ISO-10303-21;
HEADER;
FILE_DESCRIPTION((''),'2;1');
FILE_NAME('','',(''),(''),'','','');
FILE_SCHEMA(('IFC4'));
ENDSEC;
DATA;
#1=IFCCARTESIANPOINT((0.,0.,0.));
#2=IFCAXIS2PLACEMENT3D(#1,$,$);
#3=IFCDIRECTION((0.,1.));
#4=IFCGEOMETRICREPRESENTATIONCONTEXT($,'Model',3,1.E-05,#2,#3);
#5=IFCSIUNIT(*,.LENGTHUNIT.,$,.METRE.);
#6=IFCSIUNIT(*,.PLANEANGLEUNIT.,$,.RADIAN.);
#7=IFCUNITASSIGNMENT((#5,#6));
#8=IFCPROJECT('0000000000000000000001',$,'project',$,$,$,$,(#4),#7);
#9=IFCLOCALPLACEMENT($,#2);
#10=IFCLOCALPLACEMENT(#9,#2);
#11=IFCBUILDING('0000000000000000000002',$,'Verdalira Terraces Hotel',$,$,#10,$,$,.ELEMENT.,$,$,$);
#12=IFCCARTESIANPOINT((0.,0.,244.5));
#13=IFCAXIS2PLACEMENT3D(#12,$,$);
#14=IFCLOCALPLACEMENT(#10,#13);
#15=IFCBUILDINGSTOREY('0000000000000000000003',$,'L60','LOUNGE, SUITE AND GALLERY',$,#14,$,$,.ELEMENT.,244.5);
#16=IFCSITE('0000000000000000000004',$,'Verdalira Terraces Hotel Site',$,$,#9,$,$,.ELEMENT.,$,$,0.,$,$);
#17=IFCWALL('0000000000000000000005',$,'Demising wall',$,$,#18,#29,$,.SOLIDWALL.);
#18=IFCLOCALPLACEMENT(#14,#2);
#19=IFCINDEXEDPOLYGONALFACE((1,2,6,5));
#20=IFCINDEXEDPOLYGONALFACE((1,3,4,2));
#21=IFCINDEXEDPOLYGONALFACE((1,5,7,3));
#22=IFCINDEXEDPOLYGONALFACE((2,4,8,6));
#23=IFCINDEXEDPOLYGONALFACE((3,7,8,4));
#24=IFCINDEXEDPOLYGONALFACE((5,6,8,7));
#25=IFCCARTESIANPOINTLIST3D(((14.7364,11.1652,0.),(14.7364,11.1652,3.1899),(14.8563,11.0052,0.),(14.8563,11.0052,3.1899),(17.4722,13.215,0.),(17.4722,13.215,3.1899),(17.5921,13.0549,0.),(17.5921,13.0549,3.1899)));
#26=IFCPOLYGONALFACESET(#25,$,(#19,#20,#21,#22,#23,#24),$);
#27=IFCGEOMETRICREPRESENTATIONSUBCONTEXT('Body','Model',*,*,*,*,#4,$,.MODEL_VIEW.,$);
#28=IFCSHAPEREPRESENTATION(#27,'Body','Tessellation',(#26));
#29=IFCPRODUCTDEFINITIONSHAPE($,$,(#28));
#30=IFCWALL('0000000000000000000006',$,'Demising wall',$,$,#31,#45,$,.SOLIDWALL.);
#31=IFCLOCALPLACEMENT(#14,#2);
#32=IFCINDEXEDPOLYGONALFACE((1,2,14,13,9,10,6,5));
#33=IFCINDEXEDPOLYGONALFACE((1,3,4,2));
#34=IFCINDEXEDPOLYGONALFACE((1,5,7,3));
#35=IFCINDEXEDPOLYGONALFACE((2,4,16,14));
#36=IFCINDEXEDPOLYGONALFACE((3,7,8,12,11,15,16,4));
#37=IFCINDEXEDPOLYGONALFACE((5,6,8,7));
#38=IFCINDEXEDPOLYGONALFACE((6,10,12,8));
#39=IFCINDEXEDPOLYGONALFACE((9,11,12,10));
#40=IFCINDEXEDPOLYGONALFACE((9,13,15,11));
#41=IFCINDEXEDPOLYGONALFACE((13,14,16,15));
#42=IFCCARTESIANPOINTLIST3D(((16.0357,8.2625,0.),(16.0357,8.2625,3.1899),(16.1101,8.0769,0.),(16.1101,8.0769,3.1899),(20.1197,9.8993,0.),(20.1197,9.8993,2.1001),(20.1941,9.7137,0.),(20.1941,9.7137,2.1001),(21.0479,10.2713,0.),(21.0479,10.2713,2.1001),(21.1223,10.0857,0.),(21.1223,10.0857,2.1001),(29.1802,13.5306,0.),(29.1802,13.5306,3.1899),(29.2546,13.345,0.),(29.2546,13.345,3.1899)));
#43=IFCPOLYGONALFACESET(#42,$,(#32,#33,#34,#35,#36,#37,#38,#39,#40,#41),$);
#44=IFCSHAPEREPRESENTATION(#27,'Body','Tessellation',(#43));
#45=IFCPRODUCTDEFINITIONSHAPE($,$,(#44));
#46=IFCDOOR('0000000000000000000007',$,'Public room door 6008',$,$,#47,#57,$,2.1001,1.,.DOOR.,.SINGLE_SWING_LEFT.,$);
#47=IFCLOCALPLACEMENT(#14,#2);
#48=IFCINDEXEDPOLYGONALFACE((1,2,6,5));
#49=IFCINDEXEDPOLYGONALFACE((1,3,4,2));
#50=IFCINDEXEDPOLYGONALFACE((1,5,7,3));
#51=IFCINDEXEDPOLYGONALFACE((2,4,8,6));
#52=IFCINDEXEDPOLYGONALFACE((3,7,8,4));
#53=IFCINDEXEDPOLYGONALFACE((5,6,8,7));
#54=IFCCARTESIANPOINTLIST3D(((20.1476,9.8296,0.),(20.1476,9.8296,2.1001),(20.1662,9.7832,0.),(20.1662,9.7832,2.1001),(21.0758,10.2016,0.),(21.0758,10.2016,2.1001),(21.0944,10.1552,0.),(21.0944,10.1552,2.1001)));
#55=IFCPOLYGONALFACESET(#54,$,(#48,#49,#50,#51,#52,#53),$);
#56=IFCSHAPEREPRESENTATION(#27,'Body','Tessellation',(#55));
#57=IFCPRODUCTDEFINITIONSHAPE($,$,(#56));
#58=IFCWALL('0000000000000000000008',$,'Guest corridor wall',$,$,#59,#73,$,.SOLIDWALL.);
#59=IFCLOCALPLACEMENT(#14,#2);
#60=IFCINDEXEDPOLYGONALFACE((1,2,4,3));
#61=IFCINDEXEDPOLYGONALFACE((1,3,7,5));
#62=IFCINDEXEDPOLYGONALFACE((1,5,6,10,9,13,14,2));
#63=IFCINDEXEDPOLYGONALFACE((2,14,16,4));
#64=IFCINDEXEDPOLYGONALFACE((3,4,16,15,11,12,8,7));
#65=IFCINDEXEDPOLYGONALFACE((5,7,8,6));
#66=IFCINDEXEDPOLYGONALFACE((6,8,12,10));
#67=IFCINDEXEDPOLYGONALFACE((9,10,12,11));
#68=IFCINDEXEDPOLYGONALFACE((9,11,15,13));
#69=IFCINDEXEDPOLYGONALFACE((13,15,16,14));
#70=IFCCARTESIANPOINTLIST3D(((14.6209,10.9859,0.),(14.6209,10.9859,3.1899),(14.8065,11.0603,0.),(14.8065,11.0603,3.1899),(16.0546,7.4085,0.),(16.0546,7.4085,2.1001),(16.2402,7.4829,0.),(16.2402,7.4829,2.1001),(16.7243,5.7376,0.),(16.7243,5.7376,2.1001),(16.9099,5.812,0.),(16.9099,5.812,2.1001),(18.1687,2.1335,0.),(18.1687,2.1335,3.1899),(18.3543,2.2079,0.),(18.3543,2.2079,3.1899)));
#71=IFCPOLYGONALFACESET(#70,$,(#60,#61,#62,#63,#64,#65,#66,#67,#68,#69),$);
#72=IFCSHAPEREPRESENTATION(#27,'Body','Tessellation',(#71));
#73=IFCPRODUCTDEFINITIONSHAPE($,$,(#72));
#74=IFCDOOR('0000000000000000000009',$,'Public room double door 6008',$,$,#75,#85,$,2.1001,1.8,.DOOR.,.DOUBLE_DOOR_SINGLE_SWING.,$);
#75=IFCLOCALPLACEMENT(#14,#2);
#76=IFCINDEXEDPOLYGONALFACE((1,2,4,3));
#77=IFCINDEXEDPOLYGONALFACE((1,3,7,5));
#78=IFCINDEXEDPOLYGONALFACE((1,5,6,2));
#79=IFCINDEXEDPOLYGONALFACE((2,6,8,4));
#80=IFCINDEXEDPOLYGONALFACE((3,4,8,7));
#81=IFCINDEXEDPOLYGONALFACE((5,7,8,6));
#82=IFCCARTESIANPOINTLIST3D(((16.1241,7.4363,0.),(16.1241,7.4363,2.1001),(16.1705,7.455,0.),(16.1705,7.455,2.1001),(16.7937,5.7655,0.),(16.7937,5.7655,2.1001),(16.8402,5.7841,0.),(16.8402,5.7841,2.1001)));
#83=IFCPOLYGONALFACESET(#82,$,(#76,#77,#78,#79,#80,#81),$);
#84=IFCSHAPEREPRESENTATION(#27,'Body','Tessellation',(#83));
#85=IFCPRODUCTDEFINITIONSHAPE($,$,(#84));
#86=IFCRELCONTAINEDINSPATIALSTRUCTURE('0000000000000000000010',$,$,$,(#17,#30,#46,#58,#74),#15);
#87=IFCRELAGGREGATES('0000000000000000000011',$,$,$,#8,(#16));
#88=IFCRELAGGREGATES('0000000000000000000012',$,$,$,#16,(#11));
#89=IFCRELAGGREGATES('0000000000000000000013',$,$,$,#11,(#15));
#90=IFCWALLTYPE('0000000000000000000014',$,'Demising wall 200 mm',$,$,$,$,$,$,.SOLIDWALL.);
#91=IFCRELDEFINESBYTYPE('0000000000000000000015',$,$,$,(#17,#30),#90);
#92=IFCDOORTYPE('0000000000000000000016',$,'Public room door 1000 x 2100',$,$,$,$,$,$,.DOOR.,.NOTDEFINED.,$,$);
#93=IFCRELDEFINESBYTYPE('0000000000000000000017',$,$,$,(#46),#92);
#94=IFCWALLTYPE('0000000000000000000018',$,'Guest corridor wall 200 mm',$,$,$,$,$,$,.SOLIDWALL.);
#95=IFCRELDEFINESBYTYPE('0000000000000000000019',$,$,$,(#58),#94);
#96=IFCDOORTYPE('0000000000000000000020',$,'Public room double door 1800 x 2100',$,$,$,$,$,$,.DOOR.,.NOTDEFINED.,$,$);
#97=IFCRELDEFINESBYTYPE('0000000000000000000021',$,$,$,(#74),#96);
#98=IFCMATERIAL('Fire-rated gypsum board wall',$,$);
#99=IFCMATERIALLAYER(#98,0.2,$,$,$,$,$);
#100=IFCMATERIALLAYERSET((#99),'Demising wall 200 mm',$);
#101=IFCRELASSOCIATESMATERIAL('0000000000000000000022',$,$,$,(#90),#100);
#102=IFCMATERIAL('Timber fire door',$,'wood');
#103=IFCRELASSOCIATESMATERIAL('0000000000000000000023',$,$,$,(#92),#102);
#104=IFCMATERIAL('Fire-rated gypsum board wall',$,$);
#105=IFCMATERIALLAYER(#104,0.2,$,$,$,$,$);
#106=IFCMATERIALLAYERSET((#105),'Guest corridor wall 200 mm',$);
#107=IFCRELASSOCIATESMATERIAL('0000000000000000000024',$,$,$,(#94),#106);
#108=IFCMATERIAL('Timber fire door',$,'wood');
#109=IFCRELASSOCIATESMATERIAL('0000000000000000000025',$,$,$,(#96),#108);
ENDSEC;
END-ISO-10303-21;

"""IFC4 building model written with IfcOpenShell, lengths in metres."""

from ifc_helpers import new_model, si_unit, direction, frame, frame_2d, origin, place, context, subcontext, project, spatial, rectangle, extrude, material, layer, layer_set, type_object, element, fill, save


model = new_model("IFC4")

# Units and contexts
model_context = context("Model", 3, precision=1e-05, world=origin(), true_north=direction((0.0, 1.0)))
body_context = subcontext(model_context, "Body", "Model", "MODEL_VIEW")
ifc_project = project(units=[si_unit("LENGTHUNIT", "METRE"), si_unit("PLANEANGLEUNIT", "RADIAN")], contexts=[model_context])

# Site, building, storey
site_placement = place(None, origin())
site = spatial("IfcSite", under=ifc_project, at=site_placement, Name="Verdalira Terraces Hotel Site", CompositionType="ELEMENT", RefElevation=0.0)
building_placement = place(site_placement, origin())
building = spatial("IfcBuilding", under=site, at=building_placement, Name="Verdalira Terraces Hotel", CompositionType="ELEMENT")
storey_placement = place(building_placement, frame((0.0, 0.0, 244.5)))
storey = spatial("IfcBuildingStorey", under=building, at=storey_placement, Name="L60", Description="LOUNGE, SUITE AND GALLERY", CompositionType="ELEMENT", Elevation=244.5)

# Wall
ifc_material_1 = material(Name="Fire-rated gypsum board wall")
ifc_layer_1 = layer(ifc_material_1, 0.2)
ifc_layer_set_1 = layer_set([ifc_layer_1], Name="Demising wall 200 mm")
wall_type_1 = type_object("IfcWallType", Name="Demising wall 200 mm", PredefinedType="SOLIDWALL", material=ifc_layer_set_1)
wall_1_placement = place(storey_placement, frame((14.7964, 11.0852, 0.0), z_axis=(0.0, 0.0, 1.0), x_axis=(0.800291, 0.599611, 0.0)))
element("IfcWall", 1, at=wall_1_placement, inside=storey, type_object=wall_type_1, Name="Demising wall", PredefinedType="SOLIDWALL", context=body_context, shape_type="SweptSolid", body=[
    extrude(rectangle(XDim=3.4185, YDim=0.2, at=frame_2d((1.7092, 0.0))), origin(), (0.0, 0.0, 1.0), 3.1899),
])

# Walls, openings, doors
wall_2_placement = place(storey_placement, frame((16.0728, 8.1697, 0.0), z_axis=(0.0, 0.0, 1.0), x_axis=(0.928227, 0.372015, 0.0)))
wall_2 = element("IfcWall", 2, at=wall_2_placement, inside=storey, type_object=wall_type_1, Name="Demising wall", PredefinedType="SOLIDWALL", context=body_context, shape_type="SweptSolid", body=[
    extrude(rectangle(XDim=14.1609, YDim=0.2, at=frame_2d((7.0806, 0.0))), origin(), (0.0, 0.0, 1.0), 3.1899),
])
opening_1_placement = place(wall_2_placement, frame((4.3999, 0.0, 0.0)))
opening_1 = element("IfcOpeningElement", 3, at=opening_1_placement, cuts=wall_2, PredefinedType="OPENING", context=body_context, shape_type="SweptSolid", body=[
    extrude(rectangle(XDim=1.0, YDim=2.1001, at=frame_2d((0.5, 1.05))), frame((0.0, 0.1099, 0.0), z_axis=(0.0, -1.0, 0.0), x_axis=(1.0, 0.0, 0.0)), (0.0, 0.0, 1.0), 0.22),
])
ifc_material_2 = material(Name="Timber fire door", Category="wood")
door_type_1 = type_object("IfcDoorType", Name="Public room door 1000 x 2100", OperationType="NOTDEFINED", PredefinedType="DOOR", material=ifc_material_2)
door_1_placement = place(opening_1_placement, origin())
door_1 = element("IfcDoor", 4, at=door_1_placement, inside=storey, type_object=door_type_1, Name="Public room door 6008", OperationType="SINGLE_SWING_LEFT", OverallHeight=2.1001, OverallWidth=1.0, PredefinedType="DOOR", context=body_context, shape_type="SweptSolid", body=[
    extrude(rectangle(XDim=1.0, YDim=2.1001, at=frame_2d((0.5, 1.05))), frame((0.0, 0.0249, 0.0), z_axis=(0.0, -1.0, 0.0), x_axis=(1.0, 0.0, 0.0)), (0.0, 0.0, 1.0), 0.05),
])
fill(opening_1, door_1)
ifc_material_3 = material(Name="Fire-rated gypsum board wall")
ifc_layer_2 = layer(ifc_material_3, 0.2)
ifc_layer_set_2 = layer_set([ifc_layer_2], Name="Guest corridor wall 200 mm")
wall_type_2 = type_object("IfcWallType", Name="Guest corridor wall 200 mm", PredefinedType="SOLIDWALL", material=ifc_layer_set_2)
wall_3_placement = place(storey_placement, frame((14.7136, 11.0232, 0.0), z_axis=(0.0, 0.0, 1.0), x_axis=(0.372017, -0.928226, 0.0)))
wall_3 = element("IfcWall", 5, at=wall_3_placement, inside=storey, type_object=wall_type_2, Name="Guest corridor wall", PredefinedType="SOLIDWALL", context=body_context, shape_type="SweptSolid", body=[
    extrude(rectangle(XDim=9.5369, YDim=0.2, at=frame_2d((4.7686, 0.0))), origin(), (0.0, 0.0, 1.0), 3.1899),
])
opening_2_placement = place(wall_3_placement, frame((3.8542, 0.0, 0.0)))
opening_2 = element("IfcOpeningElement", 6, at=opening_2_placement, cuts=wall_3, PredefinedType="OPENING", context=body_context, shape_type="SweptSolid", body=[
    extrude(rectangle(XDim=1.8, YDim=2.1001, at=frame_2d((0.8999, 1.05))), frame((0.0, 0.1099, 0.0), z_axis=(0.0, -1.0, 0.0), x_axis=(1.0, 0.0, 0.0)), (0.0, 0.0, 1.0), 0.22),
])
ifc_material_4 = material(Name="Timber fire door", Category="wood")
door_type_2 = type_object("IfcDoorType", Name="Public room double door 1800 x 2100", OperationType="NOTDEFINED", PredefinedType="DOOR", material=ifc_material_4)
door_2_placement = place(opening_2_placement, origin())
door_2 = element("IfcDoor", 7, at=door_2_placement, inside=storey, type_object=door_type_2, Name="Public room double door 6008", OperationType="DOUBLE_DOOR_SINGLE_SWING", OverallHeight=2.1001, OverallWidth=1.8, PredefinedType="DOOR", context=body_context, shape_type="SweptSolid", body=[
    extrude(rectangle(XDim=1.8, YDim=2.1001, at=frame_2d((0.8999, 1.05))), frame((0.0, 0.0249, 0.0), z_axis=(0.0, -1.0, 0.0), x_axis=(1.0, 0.0, 0.0)), (0.0, 0.0, 1.0), 0.05),
])
fill(opening_2, door_2)

save(model, "model.ifc")
